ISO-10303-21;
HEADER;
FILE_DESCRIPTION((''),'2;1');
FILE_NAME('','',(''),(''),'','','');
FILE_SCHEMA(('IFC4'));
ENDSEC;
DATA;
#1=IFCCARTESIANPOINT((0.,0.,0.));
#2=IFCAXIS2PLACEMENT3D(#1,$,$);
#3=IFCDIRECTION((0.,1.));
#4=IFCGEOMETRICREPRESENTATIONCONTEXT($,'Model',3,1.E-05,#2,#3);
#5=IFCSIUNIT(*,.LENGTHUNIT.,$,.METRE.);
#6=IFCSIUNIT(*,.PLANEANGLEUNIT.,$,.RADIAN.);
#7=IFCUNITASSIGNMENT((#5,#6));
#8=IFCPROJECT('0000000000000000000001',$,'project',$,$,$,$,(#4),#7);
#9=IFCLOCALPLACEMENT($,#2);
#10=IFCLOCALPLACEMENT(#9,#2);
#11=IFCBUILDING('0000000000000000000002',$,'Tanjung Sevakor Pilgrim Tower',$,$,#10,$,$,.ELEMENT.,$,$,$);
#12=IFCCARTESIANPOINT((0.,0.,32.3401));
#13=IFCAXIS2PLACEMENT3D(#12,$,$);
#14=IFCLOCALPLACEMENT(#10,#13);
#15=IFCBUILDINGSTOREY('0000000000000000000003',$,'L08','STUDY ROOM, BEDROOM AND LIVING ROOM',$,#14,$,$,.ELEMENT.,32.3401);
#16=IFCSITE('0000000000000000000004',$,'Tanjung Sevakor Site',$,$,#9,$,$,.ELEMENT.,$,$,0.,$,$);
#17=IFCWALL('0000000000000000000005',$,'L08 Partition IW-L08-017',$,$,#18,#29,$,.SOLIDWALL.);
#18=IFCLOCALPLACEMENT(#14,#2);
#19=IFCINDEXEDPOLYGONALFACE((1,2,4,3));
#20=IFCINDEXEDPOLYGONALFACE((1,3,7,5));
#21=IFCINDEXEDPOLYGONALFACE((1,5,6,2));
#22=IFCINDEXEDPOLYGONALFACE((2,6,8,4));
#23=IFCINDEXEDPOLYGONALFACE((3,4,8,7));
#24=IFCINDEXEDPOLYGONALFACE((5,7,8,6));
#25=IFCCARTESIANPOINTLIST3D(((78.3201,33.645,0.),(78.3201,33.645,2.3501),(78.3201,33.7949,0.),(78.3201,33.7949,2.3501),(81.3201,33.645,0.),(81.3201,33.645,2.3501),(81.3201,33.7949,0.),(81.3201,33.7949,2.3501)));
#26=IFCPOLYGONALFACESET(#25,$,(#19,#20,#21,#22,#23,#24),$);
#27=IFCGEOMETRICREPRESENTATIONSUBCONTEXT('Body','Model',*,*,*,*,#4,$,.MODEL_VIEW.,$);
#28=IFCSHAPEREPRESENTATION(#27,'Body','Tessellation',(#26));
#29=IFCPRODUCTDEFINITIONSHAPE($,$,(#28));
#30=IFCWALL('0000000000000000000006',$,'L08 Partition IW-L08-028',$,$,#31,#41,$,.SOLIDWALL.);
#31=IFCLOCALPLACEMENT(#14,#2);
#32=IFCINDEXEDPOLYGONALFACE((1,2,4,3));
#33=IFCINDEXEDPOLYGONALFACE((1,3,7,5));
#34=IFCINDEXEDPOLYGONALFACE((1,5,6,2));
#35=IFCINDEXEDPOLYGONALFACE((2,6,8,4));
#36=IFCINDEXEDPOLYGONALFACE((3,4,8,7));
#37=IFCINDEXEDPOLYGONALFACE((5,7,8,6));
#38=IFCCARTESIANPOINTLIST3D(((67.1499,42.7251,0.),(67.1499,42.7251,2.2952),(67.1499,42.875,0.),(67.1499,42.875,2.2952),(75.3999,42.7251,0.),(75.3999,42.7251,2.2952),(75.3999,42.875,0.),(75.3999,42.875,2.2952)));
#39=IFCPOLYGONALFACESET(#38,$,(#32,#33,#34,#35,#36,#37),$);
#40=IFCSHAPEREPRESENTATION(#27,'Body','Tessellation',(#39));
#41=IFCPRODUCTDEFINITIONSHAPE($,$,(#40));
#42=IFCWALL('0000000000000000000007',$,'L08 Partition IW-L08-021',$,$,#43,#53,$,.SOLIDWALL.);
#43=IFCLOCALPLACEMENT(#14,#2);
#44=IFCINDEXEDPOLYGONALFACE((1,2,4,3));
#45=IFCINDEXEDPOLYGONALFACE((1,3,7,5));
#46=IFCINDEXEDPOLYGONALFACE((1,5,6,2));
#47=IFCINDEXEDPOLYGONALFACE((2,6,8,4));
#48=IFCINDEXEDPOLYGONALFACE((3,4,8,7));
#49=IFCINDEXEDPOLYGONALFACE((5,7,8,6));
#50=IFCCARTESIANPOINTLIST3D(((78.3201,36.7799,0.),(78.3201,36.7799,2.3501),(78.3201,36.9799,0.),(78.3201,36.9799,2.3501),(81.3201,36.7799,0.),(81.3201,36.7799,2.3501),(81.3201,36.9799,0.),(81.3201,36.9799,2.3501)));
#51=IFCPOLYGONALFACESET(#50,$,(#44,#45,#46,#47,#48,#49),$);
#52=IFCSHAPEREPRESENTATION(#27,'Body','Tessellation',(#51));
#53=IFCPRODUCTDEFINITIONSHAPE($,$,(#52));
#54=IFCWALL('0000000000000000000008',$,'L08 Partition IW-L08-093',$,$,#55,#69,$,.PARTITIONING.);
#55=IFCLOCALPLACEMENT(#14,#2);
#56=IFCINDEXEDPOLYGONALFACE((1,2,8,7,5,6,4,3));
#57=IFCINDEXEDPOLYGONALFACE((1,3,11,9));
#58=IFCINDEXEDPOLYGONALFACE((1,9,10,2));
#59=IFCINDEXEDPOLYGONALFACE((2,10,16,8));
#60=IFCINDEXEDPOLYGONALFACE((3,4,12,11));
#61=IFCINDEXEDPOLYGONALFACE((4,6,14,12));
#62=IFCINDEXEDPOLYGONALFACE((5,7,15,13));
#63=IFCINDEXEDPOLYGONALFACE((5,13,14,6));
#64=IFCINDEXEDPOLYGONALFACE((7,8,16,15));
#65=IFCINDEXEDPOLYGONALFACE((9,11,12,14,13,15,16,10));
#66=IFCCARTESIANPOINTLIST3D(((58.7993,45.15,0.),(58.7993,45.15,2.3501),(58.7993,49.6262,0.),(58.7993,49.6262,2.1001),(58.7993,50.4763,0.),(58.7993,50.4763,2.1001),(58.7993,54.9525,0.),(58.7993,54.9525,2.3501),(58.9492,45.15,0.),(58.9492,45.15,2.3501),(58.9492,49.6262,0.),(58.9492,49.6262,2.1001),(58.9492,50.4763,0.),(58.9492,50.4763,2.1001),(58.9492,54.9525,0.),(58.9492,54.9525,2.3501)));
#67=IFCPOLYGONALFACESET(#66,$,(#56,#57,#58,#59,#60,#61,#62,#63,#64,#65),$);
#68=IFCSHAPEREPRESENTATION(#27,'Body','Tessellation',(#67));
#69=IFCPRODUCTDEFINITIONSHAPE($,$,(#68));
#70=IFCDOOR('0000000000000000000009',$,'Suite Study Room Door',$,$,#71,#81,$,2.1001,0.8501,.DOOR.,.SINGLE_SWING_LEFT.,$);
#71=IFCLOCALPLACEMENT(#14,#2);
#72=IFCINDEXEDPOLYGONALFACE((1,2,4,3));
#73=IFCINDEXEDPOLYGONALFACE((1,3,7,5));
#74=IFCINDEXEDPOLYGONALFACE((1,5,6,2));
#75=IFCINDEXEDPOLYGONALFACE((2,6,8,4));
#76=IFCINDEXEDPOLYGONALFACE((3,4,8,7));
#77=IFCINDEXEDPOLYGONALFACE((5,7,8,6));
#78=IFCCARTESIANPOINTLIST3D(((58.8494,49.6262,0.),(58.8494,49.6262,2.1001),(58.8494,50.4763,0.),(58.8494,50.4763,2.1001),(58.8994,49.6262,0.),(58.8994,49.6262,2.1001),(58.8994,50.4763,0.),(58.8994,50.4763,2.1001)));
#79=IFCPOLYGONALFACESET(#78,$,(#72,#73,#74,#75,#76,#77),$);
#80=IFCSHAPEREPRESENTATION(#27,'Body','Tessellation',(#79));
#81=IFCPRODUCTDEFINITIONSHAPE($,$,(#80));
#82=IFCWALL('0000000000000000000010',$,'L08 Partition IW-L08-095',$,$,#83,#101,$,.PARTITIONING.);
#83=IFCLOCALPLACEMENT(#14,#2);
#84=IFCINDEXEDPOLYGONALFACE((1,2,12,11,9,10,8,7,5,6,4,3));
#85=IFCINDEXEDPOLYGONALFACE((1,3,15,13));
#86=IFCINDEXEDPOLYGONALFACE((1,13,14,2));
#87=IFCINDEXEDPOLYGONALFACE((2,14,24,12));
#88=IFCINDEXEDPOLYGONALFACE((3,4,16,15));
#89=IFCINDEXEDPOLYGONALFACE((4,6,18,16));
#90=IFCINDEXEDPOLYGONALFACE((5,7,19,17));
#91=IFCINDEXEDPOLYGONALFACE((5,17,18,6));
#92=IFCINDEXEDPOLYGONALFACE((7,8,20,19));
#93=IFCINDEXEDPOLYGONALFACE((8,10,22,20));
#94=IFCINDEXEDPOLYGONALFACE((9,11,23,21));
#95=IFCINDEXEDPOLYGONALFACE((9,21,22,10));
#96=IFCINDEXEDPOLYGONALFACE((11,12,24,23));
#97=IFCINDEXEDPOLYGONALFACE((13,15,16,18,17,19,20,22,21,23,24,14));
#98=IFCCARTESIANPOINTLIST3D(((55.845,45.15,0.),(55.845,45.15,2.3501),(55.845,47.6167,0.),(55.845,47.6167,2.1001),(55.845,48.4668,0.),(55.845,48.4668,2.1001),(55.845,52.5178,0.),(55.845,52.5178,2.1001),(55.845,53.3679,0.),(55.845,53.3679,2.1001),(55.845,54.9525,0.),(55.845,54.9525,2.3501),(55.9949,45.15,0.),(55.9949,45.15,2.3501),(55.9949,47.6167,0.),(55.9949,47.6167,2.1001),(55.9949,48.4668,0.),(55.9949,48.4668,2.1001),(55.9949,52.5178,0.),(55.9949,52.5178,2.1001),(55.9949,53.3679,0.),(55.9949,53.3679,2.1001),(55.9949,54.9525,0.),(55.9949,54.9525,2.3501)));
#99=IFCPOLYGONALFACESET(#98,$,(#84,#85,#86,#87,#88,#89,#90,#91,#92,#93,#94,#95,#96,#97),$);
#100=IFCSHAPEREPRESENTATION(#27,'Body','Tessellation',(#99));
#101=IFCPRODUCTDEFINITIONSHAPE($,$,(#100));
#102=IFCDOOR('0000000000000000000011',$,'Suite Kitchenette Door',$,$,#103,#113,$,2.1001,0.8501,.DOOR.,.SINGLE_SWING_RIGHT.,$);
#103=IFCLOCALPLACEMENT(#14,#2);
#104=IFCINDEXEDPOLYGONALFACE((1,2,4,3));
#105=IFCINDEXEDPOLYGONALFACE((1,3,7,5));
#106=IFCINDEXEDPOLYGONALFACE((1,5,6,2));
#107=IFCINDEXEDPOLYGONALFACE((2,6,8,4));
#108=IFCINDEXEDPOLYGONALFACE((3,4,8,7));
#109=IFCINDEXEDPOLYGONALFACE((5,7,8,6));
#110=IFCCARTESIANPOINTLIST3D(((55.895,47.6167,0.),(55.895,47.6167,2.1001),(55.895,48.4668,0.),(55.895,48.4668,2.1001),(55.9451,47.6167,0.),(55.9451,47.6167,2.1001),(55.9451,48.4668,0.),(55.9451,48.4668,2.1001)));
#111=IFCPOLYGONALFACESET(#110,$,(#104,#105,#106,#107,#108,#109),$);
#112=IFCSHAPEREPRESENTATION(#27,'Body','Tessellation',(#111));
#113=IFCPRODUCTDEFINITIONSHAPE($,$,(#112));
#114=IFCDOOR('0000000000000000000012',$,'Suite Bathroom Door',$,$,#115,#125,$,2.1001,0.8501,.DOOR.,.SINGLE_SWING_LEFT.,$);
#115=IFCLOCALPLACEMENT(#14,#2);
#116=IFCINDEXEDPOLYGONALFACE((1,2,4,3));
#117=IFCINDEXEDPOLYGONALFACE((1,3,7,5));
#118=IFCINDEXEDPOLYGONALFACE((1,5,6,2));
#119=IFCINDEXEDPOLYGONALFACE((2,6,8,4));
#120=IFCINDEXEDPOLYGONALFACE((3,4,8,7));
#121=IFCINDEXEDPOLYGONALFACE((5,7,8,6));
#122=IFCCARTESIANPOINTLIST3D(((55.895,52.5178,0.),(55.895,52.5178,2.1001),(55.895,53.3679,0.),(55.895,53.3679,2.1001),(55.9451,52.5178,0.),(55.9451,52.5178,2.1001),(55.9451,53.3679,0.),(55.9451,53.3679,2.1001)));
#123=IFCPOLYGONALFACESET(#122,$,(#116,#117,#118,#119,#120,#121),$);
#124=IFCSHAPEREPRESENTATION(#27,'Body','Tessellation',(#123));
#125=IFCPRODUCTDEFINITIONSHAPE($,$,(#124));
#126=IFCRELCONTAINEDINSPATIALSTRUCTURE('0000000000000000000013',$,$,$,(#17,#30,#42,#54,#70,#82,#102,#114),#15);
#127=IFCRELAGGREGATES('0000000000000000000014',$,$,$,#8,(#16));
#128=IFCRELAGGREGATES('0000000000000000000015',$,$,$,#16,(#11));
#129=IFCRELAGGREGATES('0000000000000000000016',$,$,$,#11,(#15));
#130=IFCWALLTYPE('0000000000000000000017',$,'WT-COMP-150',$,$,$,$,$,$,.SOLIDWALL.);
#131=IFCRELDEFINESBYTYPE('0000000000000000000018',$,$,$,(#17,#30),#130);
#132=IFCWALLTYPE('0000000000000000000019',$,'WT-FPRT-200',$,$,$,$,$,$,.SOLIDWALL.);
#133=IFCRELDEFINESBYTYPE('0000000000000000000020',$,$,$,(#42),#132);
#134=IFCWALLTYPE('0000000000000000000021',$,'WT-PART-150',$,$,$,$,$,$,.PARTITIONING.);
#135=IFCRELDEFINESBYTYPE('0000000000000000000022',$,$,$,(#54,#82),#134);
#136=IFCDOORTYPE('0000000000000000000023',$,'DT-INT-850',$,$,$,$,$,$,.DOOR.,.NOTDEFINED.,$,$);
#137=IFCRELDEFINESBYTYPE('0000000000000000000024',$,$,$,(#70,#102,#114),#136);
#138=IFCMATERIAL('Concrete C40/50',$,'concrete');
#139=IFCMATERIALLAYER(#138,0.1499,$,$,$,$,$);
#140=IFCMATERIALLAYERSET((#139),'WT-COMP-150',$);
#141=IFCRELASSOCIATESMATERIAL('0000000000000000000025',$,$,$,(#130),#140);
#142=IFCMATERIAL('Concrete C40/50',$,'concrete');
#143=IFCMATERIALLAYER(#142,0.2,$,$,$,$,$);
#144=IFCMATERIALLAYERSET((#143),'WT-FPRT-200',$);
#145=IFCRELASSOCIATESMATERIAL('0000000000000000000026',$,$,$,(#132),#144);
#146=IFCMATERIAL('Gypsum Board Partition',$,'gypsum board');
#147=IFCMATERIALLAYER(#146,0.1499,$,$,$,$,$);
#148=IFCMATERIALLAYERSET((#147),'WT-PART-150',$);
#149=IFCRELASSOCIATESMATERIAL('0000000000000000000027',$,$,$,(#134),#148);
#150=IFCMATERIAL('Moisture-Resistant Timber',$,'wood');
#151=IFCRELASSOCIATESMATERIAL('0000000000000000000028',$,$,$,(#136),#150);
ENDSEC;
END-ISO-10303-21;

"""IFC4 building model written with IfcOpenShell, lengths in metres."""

from ifc_helpers import new_model, si_unit, direction, frame, frame_2d, origin, place, context, subcontext, project, spatial, rectangle, extrude, material, layer, layer_set, type_object, element, fill, save


model = new_model("IFC4")

# Units and contexts
model_context = context("Model", 3, precision=1e-05, world=origin(), true_north=direction((0.0, 1.0)))
body_context = subcontext(model_context, "Body", "Model", "MODEL_VIEW")
ifc_project = project(units=[si_unit("LENGTHUNIT", "METRE"), si_unit("PLANEANGLEUNIT", "RADIAN")], contexts=[model_context])

# Site, building, storey
site_placement = place(None, origin())
site = spatial("IfcSite", under=ifc_project, at=site_placement, Name="Tanjung Sevakor Site", CompositionType="ELEMENT", RefElevation=0.0)
building_placement = place(site_placement, origin())
building = spatial("IfcBuilding", under=site, at=building_placement, Name="Tanjung Sevakor Pilgrim Tower", CompositionType="ELEMENT")
storey_placement = place(building_placement, frame((0.0, 0.0, 32.3401)))
storey = spatial("IfcBuildingStorey", under=building, at=storey_placement, Name="L08", Description="STUDY ROOM, BEDROOM AND LIVING ROOM", CompositionType="ELEMENT", Elevation=32.3401)

# Walls
ifc_material_1 = material(Name="Concrete C40/50", Category="concrete")
ifc_layer_1 = layer(ifc_material_1, 0.1499)
ifc_layer_set_1 = layer_set([ifc_layer_1], Name="WT-COMP-150")
wall_type_1 = type_object("IfcWallType", Name="WT-COMP-150", PredefinedType="SOLIDWALL", material=ifc_layer_set_1)
for number, where, z_axis, x_axis, name in (
    (1, (78.3201, 33.72, 0.0), (0.0, 0.0, 1.0), (1.0, 0.0, 0.0), "L08 Partition IW-L08-017"),
):
    element("IfcWall", number, at=place(storey_placement, frame(where, z_axis=z_axis, x_axis=x_axis)), inside=storey, type_object=wall_type_1, Name=name, PredefinedType="SOLIDWALL", context=body_context, shape_type="SweptSolid", body=[
        extrude(rectangle(XDim=3.0, YDim=0.1499, at=frame_2d((1.5, 0.0))), origin(), (0.0, 0.0, 1.0), 2.3501),
    ])
wall_1_placement = place(storey_placement, frame((67.1499, 42.8, 0.0), z_axis=(0.0, 0.0, 1.0), x_axis=(1.0, 0.0, 0.0)))
element("IfcWall", 2, at=wall_1_placement, inside=storey, type_object=wall_type_1, Name="L08 Partition IW-L08-028", PredefinedType="SOLIDWALL", context=body_context, shape_type="SweptSolid", body=[
    extrude(rectangle(XDim=8.25, YDim=0.1499, at=frame_2d((4.125, 0.0))), origin(), (0.0, 0.0, 1.0), 2.2952),
])
ifc_material_2 = material(Name="Concrete C40/50", Category="concrete")
ifc_layer_2 = layer(ifc_material_2, 0.2)
ifc_layer_set_2 = layer_set([ifc_layer_2], Name="WT-FPRT-200")
wall_type_2 = type_object("IfcWallType", Name="WT-FPRT-200", PredefinedType="SOLIDWALL", material=ifc_layer_set_2)
wall_2_placement = place(storey_placement, frame((78.3201, 36.8799, 0.0), z_axis=(0.0, 0.0, 1.0), x_axis=(1.0, 0.0, 0.0)))
element("IfcWall", 3, at=wall_2_placement, inside=storey, type_object=wall_type_2, Name="L08 Partition IW-L08-021", PredefinedType="SOLIDWALL", context=body_context, shape_type="SweptSolid", body=[
    extrude(rectangle(XDim=3.0, YDim=0.2, at=frame_2d((1.5, 0.0))), origin(), (0.0, 0.0, 1.0), 2.3501),
])

# Wall, opening, door
ifc_material_3 = material(Name="Gypsum Board Partition", Category="gypsum board")
ifc_layer_3 = layer(ifc_material_3, 0.1499)
ifc_layer_set_3 = layer_set([ifc_layer_3], Name="WT-PART-150")
wall_type_3 = type_object("IfcWallType", Name="WT-PART-150", PredefinedType="PARTITIONING", material=ifc_layer_set_3)
wall_3_placement = place(storey_placement, frame((58.8743, 45.1499, 0.0), z_axis=(0.0, 0.0, 1.0), x_axis=(0.0, 1.0, 0.0)))
wall_3 = element("IfcWall", 4, at=wall_3_placement, inside=storey, type_object=wall_type_3, Name="L08 Partition IW-L08-093", PredefinedType="PARTITIONING", context=body_context, shape_type="SweptSolid", body=[
    extrude(rectangle(XDim=9.8025, YDim=0.1499, at=frame_2d((4.9014, 0.0))), origin(), (0.0, 0.0, 1.0), 2.3501),
])
opening_1_placement = place(wall_3_placement, frame((4.4763, 0.0, 0.0)))
opening_1 = element("IfcOpeningElement", 5, at=opening_1_placement, cuts=wall_3, PredefinedType="OPENING", context=body_context, shape_type="SweptSolid", body=[
    extrude(rectangle(XDim=0.8501, YDim=2.1001, at=frame_2d((0.425, 1.05))), frame((0.0, 0.085, 0.0), z_axis=(0.0, -1.0, 0.0), x_axis=(1.0, 0.0, 0.0)), (0.0, 0.0, 1.0), 0.1699),
])
ifc_material_4 = material(Name="Moisture-Resistant Timber", Category="wood")
door_type = type_object("IfcDoorType", Name="DT-INT-850", OperationType="NOTDEFINED", PredefinedType="DOOR", material=ifc_material_4)
door_1_placement = place(opening_1_placement, origin())
door_1 = element("IfcDoor", 6, at=door_1_placement, inside=storey, type_object=door_type, Name="Suite Study Room Door", OperationType="SINGLE_SWING_LEFT", OverallHeight=2.1001, OverallWidth=0.8501, PredefinedType="DOOR", context=body_context, shape_type="SweptSolid", body=[
    extrude(rectangle(XDim=0.8501, YDim=2.1001, at=frame_2d((0.425, 1.05))), frame((0.0, 0.0249, 0.0), z_axis=(0.0, -1.0, 0.0), x_axis=(1.0, 0.0, 0.0)), (0.0, 0.0, 1.0), 0.05),
])
fill(opening_1, door_1)

# Wall, openings, doors
wall_4_placement = place(storey_placement, frame((55.9199, 45.1499, 0.0), z_axis=(0.0, 0.0, 1.0), x_axis=(0.0, 1.0, 0.0)))
wall_4 = element("IfcWall", 7, at=wall_4_placement, inside=storey, type_object=wall_type_3, Name="L08 Partition IW-L08-095", PredefinedType="PARTITIONING", context=body_context, shape_type="SweptSolid", body=[
    extrude(rectangle(XDim=9.8025, YDim=0.1499, at=frame_2d((4.9014, 0.0))), origin(), (0.0, 0.0, 1.0), 2.3501),
])
opening_2_placement = place(wall_4_placement, frame((2.4668, 0.0, 0.0)))
opening_2 = element("IfcOpeningElement", 8, at=opening_2_placement, cuts=wall_4, PredefinedType="OPENING", context=body_context, shape_type="SweptSolid", body=[
    extrude(rectangle(XDim=0.8501, YDim=2.1001, at=frame_2d((0.425, 1.05))), frame((0.0, 0.085, 0.0), z_axis=(0.0, -1.0, 0.0), x_axis=(1.0, 0.0, 0.0)), (0.0, 0.0, 1.0), 0.1699),
])
opening_3_placement = place(wall_4_placement, frame((7.3679, 0.0, 0.0)))
opening_3 = element("IfcOpeningElement", 9, at=opening_3_placement, cuts=wall_4, PredefinedType="OPENING", context=body_context, shape_type="SweptSolid", body=[
    extrude(rectangle(XDim=0.8501, YDim=2.1001, at=frame_2d((0.425, 1.05))), frame((0.0, 0.085, 0.0), z_axis=(0.0, -1.0, 0.0), x_axis=(1.0, 0.0, 0.0)), (0.0, 0.0, 1.0), 0.1699),
])
door_2_placement = place(opening_2_placement, origin())
door_2 = element("IfcDoor", 10, at=door_2_placement, inside=storey, type_object=door_type, Name="Suite Kitchenette Door", OperationType="SINGLE_SWING_RIGHT", OverallHeight=2.1001, OverallWidth=0.8501, PredefinedType="DOOR", context=body_context, shape_type="SweptSolid", body=[
    extrude(rectangle(XDim=0.8501, YDim=2.1001, at=frame_2d((0.425, 1.05))), frame((0.0, 0.0249, 0.0), z_axis=(0.0, -1.0, 0.0), x_axis=(1.0, 0.0, 0.0)), (0.0, 0.0, 1.0), 0.05),
])
fill(opening_2, door_2)
door_3_placement = place(opening_3_placement, origin())
door_3 = element("IfcDoor", 11, at=door_3_placement, inside=storey, type_object=door_type, Name="Suite Bathroom Door", OperationType="SINGLE_SWING_LEFT", OverallHeight=2.1001, OverallWidth=0.8501, PredefinedType="DOOR", context=body_context, shape_type="SweptSolid", body=[
    extrude(rectangle(XDim=0.8501, YDim=2.1001, at=frame_2d((0.425, 1.05))), frame((0.0, 0.0249, 0.0), z_axis=(0.0, -1.0, 0.0), x_axis=(1.0, 0.0, 0.0)), (0.0, 0.0, 1.0), 0.05),
])
fill(opening_3, door_3)

save(model, "model.ifc")
